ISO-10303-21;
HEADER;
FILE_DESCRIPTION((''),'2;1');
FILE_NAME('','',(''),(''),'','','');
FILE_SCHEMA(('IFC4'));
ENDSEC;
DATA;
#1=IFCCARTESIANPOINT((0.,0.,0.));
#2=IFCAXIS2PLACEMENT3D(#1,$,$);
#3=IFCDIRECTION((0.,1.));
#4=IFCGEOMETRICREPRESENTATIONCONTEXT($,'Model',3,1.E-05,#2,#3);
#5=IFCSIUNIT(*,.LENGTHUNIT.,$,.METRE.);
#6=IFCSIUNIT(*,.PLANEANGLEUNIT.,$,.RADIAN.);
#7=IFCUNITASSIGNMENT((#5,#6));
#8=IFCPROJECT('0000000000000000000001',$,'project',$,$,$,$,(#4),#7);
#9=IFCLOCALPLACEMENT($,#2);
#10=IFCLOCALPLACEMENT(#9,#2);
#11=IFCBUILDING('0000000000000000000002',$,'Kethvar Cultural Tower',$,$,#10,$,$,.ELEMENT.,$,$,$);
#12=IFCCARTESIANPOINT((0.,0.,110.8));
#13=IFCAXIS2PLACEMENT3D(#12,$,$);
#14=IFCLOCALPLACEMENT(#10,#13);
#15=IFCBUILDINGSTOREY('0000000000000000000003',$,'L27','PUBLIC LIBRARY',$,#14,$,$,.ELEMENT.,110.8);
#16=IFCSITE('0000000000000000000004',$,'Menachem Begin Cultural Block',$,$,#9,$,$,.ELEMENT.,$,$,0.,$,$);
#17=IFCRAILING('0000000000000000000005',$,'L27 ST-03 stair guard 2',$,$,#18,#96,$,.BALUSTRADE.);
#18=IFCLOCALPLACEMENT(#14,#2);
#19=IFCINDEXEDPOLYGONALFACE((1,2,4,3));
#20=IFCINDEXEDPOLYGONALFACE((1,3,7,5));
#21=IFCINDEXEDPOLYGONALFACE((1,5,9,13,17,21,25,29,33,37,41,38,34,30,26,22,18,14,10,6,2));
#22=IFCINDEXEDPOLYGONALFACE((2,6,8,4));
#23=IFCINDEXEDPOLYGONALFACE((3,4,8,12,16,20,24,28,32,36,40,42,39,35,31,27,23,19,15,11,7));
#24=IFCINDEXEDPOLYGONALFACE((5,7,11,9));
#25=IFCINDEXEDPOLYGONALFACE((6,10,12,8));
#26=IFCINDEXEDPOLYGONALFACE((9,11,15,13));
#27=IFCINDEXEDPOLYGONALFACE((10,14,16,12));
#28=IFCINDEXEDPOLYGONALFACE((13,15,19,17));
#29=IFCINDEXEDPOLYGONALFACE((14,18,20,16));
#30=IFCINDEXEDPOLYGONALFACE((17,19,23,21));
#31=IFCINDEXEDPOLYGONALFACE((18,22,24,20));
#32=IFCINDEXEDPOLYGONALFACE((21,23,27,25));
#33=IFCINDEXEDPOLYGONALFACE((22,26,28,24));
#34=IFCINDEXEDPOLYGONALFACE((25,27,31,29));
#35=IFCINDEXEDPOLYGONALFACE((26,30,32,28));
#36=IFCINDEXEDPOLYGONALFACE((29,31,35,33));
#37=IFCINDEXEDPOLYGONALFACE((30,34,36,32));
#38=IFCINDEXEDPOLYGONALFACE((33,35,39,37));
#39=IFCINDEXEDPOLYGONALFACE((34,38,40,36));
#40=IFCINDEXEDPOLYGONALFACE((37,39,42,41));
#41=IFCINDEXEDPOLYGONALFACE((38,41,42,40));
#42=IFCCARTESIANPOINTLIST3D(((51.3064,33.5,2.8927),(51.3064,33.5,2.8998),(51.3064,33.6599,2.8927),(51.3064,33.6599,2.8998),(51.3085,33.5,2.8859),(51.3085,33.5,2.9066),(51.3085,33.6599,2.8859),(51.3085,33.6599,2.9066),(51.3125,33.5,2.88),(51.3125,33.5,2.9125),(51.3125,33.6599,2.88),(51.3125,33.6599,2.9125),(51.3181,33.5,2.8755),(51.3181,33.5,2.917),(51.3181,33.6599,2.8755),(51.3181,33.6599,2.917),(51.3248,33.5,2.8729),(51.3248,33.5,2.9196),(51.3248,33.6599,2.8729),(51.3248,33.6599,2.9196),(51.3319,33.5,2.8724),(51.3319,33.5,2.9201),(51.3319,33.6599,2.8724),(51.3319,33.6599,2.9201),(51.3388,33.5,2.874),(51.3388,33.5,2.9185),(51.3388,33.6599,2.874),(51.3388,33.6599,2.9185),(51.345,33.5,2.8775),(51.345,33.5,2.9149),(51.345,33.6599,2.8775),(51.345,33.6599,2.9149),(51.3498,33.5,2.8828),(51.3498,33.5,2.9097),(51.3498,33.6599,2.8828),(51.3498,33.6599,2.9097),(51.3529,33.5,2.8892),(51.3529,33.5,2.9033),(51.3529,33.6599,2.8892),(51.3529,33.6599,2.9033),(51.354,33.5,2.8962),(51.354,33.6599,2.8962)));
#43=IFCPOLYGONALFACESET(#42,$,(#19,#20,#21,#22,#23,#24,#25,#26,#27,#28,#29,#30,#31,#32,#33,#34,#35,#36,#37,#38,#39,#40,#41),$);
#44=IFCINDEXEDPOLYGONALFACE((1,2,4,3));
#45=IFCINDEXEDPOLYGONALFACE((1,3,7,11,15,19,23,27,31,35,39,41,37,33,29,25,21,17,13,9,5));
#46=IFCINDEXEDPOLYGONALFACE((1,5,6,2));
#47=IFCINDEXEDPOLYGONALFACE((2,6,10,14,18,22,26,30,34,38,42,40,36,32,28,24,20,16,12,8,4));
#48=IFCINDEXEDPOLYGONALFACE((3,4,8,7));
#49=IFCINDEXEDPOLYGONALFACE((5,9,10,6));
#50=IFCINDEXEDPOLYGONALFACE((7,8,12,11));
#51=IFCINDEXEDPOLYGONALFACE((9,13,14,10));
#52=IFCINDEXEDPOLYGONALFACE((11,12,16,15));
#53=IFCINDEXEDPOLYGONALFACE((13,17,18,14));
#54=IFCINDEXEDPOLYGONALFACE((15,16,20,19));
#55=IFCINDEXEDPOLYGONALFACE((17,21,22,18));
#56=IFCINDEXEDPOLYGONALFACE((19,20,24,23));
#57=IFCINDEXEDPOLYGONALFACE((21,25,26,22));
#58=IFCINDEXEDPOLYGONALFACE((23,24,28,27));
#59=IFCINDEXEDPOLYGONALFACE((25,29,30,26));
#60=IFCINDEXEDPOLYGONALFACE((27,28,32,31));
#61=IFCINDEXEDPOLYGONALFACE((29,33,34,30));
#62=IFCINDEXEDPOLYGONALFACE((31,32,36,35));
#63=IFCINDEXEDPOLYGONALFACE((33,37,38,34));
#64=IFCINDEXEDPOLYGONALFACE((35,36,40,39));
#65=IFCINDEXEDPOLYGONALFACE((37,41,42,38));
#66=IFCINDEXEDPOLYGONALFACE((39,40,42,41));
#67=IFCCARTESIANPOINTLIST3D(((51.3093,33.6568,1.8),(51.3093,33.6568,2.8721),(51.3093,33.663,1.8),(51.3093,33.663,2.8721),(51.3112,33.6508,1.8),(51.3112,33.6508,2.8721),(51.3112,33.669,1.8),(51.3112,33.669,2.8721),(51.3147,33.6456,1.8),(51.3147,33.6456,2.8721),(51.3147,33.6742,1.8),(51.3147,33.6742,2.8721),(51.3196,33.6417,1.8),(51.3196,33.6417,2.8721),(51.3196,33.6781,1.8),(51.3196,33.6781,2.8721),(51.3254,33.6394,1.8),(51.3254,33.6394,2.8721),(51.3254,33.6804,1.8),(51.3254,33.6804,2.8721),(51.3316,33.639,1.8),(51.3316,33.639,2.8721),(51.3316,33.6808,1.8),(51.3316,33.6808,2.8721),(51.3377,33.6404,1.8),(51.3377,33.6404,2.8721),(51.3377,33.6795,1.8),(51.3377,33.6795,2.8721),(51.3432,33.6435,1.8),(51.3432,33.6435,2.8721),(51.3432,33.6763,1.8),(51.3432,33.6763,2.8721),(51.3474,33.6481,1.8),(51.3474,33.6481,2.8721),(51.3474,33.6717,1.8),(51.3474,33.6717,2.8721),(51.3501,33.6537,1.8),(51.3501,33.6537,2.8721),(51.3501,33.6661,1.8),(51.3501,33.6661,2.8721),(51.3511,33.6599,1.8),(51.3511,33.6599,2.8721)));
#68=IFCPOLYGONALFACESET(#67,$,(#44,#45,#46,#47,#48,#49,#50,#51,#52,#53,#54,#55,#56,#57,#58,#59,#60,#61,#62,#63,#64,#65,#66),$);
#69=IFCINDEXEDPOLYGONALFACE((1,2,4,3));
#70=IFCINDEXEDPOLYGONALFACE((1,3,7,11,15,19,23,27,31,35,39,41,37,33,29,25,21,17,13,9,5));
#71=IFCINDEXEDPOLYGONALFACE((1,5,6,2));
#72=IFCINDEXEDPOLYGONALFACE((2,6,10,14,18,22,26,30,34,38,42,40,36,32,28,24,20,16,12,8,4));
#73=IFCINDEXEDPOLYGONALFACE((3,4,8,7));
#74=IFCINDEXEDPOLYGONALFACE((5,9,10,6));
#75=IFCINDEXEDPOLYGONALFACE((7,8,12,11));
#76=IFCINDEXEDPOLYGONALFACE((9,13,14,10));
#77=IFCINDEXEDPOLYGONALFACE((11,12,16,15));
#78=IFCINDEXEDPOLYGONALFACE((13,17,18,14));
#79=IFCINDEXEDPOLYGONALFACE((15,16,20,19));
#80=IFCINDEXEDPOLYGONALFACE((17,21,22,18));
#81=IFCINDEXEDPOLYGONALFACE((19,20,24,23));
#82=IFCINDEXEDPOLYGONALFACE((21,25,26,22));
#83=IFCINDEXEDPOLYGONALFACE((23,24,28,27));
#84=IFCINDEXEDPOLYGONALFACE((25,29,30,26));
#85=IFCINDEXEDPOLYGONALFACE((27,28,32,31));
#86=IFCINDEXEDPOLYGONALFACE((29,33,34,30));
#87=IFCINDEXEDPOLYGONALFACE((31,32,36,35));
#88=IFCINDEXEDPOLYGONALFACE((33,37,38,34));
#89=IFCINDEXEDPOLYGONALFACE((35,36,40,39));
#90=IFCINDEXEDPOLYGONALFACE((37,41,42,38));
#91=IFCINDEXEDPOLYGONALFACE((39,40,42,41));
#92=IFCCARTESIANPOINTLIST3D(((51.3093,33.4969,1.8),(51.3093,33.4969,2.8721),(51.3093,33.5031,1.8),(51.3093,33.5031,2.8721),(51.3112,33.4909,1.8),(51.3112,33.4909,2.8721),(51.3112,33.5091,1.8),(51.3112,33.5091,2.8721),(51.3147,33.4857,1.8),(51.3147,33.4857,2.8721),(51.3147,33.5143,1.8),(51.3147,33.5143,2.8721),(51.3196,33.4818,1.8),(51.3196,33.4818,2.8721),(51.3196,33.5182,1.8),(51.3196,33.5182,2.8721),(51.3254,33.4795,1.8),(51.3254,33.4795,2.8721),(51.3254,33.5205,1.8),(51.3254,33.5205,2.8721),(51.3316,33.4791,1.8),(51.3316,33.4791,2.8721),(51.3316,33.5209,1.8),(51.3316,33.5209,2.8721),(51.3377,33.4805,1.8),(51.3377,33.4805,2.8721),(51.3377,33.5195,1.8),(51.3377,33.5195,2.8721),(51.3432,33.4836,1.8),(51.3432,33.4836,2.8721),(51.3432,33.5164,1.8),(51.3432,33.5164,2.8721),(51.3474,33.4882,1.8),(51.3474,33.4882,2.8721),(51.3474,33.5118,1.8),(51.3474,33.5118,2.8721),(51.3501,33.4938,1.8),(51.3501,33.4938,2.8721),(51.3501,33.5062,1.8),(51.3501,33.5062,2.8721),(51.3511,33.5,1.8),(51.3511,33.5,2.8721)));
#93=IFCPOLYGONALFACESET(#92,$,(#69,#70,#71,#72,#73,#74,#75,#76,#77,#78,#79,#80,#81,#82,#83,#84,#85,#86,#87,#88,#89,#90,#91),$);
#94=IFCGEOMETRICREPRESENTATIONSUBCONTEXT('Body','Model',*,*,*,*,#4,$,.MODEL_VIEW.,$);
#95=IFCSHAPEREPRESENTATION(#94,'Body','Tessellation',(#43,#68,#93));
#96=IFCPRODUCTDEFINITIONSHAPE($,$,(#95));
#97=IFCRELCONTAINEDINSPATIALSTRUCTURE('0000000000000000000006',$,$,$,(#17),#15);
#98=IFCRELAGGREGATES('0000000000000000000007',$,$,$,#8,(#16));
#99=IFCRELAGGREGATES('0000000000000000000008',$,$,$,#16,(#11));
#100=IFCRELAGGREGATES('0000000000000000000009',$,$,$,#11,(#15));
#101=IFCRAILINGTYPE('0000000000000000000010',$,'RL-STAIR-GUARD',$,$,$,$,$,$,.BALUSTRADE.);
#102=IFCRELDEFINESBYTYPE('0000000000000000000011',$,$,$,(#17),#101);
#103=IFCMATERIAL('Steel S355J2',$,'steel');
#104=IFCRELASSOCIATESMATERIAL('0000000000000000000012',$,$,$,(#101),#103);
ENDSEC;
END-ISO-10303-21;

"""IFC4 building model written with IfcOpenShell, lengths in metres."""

from ifc_helpers import new_model, si_unit, direction, frame, origin, origin_2d, place, context, subcontext, project, spatial, circle, extrude, material, type_object, element, save


model = new_model("IFC4")

# Units and contexts
model_context = context("Model", 3, precision=1e-05, world=origin(), true_north=direction((0.0, 1.0)))
body_context = subcontext(model_context, "Body", "Model", "MODEL_VIEW")
ifc_project = project(units=[si_unit("LENGTHUNIT", "METRE"), si_unit("PLANEANGLEUNIT", "RADIAN")], contexts=[model_context])

# Site, building, storey
site_placement = place(None, origin())
site = spatial("IfcSite", under=ifc_project, at=site_placement, Name="Menachem Begin Cultural Block", CompositionType="ELEMENT", RefElevation=0.0)
building_placement = place(site_placement, origin())
building = spatial("IfcBuilding", under=site, at=building_placement, Name="Kethvar Cultural Tower", CompositionType="ELEMENT")
storey_placement = place(building_placement, frame((0.0, 0.0, 110.8)))
storey = spatial("IfcBuildingStorey", under=building, at=storey_placement, Name="L27", Description="PUBLIC LIBRARY", CompositionType="ELEMENT", Elevation=110.8)

# Shared definitions
ifc_material_1 = material(Name="Steel S355J2", Category="steel")

# Railing
railing_type_1 = type_object("IfcRailingType", Name="RL-STAIR-GUARD", PredefinedType="BALUSTRADE", material=ifc_material_1)
railing_1_placement = place(storey_placement, frame((51.3301, 33.6599, 1.8)))
element("IfcRailing", 1, at=railing_1_placement, inside=storey, type_object=railing_type_1, Name="L27 ST-03 stair guard 2", PredefinedType="BALUSTRADE", context=body_context, shape_type="SweptSolid", body=[
    extrude(circle(Radius=0.0239, at=origin_2d()), frame((0.0, 0.0, 1.0962), z_axis=(0.0, -1.0, 0.0), x_axis=(1.0, 0.0, 0.0)), (0.0, 0.0, 1.0), 0.1599),
    extrude(circle(Radius=0.021, at=origin_2d()), origin(), (0.0, 0.0, 1.0), 1.072),
    extrude(circle(Radius=0.021, at=origin_2d()), frame((0.0, -0.1599, 0.0)), (0.0, 0.0, 1.0), 1.072),
])

save(model, "model.ifc")
